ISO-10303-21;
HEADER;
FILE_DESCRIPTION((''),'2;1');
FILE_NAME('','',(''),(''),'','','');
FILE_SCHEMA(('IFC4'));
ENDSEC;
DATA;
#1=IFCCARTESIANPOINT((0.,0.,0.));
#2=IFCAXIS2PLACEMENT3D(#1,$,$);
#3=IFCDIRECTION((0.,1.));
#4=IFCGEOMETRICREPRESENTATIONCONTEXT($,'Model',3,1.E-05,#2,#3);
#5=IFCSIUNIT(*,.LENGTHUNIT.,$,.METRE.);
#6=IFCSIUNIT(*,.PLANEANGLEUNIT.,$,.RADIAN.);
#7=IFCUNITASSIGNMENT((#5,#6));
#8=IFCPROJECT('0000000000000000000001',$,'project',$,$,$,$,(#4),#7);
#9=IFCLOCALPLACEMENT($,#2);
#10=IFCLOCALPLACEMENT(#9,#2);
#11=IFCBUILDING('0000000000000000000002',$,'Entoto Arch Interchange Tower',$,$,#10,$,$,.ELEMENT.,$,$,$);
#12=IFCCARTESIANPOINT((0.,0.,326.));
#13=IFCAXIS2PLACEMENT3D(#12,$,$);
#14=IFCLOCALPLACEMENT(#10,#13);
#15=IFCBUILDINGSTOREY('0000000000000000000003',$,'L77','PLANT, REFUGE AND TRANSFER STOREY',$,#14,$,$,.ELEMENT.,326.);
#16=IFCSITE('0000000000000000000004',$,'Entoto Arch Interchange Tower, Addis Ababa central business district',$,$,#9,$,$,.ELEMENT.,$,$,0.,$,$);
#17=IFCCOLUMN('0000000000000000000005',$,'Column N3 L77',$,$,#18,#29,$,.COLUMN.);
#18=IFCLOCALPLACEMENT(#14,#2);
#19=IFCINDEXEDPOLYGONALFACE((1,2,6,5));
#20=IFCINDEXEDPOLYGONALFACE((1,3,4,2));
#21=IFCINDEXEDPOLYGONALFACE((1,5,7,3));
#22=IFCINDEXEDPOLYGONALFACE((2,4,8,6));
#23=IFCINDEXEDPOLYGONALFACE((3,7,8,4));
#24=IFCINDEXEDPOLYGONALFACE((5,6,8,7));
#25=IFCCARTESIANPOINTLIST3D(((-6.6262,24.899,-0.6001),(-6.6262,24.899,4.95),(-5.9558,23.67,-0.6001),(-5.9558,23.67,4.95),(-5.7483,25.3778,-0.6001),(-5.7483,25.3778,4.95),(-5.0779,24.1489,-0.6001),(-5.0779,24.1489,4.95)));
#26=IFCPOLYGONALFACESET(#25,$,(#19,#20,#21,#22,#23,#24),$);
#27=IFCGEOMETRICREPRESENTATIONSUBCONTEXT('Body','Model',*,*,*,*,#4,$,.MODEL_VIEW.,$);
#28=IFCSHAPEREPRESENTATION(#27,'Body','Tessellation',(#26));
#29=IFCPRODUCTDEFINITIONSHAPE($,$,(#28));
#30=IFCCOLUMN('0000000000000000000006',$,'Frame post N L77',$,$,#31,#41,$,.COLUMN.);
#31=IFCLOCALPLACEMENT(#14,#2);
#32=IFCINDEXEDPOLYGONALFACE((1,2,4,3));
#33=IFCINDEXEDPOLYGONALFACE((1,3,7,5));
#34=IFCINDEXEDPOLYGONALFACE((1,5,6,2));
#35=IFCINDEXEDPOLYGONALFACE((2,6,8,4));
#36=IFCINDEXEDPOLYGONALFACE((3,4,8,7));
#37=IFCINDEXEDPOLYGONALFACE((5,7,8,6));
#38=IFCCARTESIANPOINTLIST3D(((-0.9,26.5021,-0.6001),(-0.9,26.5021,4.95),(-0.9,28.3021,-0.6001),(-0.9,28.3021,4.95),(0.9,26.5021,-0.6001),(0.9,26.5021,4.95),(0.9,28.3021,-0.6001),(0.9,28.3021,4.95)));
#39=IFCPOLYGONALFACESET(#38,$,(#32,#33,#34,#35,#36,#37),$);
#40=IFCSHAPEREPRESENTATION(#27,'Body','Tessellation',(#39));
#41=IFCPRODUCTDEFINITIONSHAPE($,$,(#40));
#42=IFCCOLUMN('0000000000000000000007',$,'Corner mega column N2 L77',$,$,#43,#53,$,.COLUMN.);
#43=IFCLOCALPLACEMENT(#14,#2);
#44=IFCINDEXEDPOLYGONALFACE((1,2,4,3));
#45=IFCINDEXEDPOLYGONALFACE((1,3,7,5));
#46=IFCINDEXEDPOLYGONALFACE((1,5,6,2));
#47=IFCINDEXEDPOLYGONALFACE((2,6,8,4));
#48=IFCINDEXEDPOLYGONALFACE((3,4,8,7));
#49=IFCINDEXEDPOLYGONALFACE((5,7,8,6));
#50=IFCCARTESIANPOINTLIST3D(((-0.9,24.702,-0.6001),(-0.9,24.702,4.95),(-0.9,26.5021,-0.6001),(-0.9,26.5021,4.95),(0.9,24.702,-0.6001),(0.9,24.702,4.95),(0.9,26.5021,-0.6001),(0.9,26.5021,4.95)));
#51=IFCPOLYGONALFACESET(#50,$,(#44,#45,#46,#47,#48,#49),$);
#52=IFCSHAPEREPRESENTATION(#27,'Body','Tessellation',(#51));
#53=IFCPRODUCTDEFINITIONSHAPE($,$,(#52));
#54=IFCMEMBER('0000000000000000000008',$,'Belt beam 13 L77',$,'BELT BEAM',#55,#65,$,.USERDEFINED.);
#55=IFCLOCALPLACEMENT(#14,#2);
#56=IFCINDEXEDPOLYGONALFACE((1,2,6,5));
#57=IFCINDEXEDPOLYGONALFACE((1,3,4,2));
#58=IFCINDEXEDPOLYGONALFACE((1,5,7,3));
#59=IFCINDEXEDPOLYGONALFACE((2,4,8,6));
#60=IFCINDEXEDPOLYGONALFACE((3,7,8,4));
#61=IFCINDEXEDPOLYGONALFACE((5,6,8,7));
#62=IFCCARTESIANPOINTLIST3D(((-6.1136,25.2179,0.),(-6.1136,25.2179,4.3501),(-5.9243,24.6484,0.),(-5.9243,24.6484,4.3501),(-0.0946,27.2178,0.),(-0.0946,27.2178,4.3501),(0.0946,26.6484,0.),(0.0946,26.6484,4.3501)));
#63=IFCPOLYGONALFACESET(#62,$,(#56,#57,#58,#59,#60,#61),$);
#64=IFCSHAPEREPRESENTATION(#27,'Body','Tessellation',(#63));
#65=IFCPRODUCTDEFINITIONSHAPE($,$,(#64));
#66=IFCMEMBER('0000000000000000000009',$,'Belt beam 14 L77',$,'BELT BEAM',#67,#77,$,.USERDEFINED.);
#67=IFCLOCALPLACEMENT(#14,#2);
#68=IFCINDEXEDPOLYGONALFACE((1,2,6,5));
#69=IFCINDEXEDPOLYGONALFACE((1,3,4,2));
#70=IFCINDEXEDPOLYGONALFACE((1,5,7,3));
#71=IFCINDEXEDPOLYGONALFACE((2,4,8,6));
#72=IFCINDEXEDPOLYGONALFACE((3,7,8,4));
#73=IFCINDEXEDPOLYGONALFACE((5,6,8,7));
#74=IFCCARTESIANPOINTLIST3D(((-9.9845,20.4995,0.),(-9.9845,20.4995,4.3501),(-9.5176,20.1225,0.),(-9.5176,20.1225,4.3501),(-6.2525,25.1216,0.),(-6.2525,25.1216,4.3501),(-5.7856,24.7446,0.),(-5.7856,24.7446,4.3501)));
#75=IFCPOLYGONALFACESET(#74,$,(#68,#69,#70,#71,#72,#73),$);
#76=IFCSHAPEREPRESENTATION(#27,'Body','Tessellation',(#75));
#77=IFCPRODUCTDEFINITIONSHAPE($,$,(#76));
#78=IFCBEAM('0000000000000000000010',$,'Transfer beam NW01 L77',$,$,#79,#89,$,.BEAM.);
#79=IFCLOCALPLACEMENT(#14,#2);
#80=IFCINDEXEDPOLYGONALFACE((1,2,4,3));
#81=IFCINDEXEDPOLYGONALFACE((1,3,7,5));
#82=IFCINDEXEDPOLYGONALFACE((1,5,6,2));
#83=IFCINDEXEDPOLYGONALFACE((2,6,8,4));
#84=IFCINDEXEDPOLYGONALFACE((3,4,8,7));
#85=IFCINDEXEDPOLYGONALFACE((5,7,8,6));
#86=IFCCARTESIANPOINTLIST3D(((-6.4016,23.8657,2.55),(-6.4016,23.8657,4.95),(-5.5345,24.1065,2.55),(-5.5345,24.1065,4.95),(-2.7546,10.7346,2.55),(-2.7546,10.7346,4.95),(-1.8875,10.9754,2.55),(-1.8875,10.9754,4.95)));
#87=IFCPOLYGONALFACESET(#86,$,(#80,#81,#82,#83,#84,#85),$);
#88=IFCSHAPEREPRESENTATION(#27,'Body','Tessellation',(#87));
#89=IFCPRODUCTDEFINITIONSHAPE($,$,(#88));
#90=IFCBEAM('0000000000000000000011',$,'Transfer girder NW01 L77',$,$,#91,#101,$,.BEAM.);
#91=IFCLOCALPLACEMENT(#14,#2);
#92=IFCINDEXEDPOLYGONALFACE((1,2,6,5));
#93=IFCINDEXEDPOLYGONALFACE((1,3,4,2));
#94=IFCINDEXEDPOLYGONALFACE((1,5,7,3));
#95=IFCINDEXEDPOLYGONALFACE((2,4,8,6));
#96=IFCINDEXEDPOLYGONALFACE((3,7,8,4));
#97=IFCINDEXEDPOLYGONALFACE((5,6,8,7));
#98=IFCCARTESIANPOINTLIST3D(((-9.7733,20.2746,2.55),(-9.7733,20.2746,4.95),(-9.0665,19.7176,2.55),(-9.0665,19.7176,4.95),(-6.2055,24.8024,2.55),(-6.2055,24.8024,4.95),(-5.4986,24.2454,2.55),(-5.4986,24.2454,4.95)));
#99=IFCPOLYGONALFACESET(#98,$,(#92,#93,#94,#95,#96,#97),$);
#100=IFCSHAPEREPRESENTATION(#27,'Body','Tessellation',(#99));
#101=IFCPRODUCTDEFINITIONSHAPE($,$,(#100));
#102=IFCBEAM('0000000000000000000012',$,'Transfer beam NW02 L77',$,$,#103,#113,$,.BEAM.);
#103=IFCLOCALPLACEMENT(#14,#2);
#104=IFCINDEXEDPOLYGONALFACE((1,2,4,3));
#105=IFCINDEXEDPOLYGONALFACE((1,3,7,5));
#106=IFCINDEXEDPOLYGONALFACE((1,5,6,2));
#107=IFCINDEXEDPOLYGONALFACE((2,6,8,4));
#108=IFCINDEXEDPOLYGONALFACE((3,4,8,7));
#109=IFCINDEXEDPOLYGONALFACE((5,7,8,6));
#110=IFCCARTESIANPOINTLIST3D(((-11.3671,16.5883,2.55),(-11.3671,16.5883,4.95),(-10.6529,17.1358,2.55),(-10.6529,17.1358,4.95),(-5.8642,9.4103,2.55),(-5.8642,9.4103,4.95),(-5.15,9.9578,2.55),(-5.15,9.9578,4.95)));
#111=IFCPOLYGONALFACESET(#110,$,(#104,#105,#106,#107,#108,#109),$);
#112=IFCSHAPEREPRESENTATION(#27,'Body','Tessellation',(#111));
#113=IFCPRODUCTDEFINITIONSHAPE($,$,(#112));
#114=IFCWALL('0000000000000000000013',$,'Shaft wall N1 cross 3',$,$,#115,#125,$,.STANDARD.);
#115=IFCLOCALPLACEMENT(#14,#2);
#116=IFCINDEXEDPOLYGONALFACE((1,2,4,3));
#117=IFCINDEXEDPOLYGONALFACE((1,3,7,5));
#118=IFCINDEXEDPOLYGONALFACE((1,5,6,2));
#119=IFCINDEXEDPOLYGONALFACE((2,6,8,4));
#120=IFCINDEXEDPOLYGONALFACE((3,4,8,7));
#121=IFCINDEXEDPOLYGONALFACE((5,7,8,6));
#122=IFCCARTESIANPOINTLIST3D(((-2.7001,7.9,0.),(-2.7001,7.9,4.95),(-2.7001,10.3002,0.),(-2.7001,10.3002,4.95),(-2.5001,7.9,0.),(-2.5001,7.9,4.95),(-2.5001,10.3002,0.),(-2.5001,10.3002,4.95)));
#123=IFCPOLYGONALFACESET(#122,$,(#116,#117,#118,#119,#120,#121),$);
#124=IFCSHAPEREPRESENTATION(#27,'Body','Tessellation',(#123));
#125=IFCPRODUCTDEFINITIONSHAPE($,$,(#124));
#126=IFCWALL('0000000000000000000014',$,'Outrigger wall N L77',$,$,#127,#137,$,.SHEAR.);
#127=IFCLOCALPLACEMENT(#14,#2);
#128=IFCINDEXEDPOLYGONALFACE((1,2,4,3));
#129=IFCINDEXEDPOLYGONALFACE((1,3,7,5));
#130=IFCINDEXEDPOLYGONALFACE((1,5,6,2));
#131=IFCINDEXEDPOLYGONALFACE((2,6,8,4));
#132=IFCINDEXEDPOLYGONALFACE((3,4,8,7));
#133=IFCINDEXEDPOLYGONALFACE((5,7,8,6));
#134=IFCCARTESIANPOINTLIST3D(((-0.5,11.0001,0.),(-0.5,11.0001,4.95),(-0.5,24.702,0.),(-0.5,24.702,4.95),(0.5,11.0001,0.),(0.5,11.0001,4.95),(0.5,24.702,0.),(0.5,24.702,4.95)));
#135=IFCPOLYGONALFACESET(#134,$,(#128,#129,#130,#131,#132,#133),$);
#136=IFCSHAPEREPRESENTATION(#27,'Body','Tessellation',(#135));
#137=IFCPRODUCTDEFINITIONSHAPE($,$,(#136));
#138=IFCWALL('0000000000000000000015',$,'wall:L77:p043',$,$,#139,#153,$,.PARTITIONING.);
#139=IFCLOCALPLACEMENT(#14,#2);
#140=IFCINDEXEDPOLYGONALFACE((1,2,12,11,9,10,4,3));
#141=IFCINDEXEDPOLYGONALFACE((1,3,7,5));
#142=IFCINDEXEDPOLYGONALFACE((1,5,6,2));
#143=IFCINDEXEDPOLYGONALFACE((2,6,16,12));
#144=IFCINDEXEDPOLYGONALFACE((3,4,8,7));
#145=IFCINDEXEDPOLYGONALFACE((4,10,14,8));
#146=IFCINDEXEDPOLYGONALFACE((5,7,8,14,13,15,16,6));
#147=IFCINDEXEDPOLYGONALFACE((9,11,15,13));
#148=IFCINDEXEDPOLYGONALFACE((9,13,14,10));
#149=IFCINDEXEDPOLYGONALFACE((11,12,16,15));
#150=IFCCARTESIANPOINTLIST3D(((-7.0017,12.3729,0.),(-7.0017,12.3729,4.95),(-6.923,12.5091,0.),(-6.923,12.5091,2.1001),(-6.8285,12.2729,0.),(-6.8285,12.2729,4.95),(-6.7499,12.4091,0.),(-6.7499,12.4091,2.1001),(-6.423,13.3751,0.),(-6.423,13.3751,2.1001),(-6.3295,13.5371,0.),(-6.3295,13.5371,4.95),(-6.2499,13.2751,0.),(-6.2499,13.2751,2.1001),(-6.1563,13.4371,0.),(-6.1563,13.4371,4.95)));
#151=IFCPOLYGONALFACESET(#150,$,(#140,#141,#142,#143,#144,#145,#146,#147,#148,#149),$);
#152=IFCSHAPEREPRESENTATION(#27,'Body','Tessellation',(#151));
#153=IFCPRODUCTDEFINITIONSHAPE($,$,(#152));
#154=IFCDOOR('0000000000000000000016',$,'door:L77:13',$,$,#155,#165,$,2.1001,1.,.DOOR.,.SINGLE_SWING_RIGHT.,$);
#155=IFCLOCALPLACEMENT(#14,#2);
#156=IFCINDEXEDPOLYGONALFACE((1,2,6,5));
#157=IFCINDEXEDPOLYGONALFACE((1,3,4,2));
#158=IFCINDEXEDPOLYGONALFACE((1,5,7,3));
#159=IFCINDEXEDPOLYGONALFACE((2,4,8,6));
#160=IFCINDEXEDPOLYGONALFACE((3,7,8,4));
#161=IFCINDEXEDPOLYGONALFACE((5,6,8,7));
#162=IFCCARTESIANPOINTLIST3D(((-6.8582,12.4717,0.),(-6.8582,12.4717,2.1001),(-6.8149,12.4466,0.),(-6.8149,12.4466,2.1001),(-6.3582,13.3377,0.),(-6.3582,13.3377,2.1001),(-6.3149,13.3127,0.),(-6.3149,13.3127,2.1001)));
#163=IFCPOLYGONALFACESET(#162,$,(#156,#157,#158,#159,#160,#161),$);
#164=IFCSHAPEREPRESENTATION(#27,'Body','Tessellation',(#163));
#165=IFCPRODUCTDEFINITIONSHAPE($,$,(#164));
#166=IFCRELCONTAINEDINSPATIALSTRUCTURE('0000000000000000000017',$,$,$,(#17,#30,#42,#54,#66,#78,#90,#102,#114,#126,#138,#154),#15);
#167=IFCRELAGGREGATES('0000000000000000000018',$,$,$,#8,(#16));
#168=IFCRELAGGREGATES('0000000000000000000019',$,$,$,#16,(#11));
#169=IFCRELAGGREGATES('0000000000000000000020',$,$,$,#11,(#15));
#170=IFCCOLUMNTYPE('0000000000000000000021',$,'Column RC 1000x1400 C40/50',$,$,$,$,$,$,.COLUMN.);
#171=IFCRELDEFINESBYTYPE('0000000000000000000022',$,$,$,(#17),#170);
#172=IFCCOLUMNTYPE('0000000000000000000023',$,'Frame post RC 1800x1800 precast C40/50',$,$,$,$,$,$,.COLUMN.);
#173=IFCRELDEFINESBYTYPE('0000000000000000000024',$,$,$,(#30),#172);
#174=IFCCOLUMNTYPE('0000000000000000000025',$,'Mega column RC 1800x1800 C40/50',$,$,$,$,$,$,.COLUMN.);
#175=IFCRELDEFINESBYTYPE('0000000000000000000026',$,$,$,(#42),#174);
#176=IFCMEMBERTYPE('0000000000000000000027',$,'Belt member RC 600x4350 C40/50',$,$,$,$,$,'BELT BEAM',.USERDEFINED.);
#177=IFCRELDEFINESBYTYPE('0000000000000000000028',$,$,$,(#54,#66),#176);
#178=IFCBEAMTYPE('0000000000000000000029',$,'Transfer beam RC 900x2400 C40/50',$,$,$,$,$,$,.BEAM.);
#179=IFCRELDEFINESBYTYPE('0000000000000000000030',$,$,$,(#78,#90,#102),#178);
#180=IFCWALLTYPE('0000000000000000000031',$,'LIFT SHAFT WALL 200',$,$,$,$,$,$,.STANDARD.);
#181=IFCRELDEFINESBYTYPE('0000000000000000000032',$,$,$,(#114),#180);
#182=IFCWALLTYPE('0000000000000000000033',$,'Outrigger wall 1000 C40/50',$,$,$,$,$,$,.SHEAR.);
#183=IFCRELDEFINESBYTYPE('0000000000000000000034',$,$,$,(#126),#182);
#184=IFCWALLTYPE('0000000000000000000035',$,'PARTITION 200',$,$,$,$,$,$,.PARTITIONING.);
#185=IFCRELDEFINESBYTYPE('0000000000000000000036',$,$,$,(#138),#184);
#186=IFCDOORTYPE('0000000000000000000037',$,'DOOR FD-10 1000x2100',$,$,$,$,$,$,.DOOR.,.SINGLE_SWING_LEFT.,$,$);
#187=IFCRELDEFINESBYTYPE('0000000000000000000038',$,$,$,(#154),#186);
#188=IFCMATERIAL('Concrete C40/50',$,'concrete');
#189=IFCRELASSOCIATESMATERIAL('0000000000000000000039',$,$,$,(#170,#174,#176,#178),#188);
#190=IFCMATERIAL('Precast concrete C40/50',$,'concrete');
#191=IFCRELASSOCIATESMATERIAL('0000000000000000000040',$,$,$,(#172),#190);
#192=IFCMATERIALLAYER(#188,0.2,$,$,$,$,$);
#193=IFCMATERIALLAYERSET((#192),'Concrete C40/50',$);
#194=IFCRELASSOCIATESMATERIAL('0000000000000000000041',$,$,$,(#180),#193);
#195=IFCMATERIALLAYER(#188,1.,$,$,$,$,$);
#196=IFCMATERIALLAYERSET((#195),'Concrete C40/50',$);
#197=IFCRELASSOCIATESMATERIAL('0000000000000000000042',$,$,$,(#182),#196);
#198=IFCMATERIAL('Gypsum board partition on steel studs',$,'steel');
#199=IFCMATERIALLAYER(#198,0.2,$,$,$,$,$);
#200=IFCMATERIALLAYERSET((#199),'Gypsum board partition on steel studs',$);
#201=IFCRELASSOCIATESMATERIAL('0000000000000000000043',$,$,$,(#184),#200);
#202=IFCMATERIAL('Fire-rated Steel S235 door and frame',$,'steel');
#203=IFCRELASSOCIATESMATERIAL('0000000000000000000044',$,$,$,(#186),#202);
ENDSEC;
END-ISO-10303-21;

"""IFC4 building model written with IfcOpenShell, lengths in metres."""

from ifc_helpers import new_model, si_unit, direction, frame, frame_2d, origin, origin_2d, place, context, subcontext, project, spatial, rectangle, extrude, material, layer, layer_set, material_profile, profile_set, type_object, element, fill, save


model = new_model("IFC4")

# Units and contexts
model_context = context("Model", 3, precision=1e-05, world=origin(), true_north=direction((0.0, 1.0)))
body_context = subcontext(model_context, "Body", "Model", "MODEL_VIEW")
ifc_project = project(units=[si_unit("LENGTHUNIT", "METRE"), si_unit("PLANEANGLEUNIT", "RADIAN")], contexts=[model_context])

# Site, building, storey
site_placement = place(None, origin())
site = spatial("IfcSite", under=ifc_project, at=site_placement, Name="Entoto Arch Interchange Tower, Addis Ababa central business district", CompositionType="ELEMENT", RefElevation=0.0)
building_placement = place(site_placement, origin())
building = spatial("IfcBuilding", under=site, at=building_placement, Name="Entoto Arch Interchange Tower", CompositionType="ELEMENT")
storey_placement = place(building_placement, frame((0.0, 0.0, 326.0)))
storey = spatial("IfcBuildingStorey", under=building, at=storey_placement, Name="L77", Description="PLANT, REFUGE AND TRANSFER STOREY", CompositionType="ELEMENT", Elevation=326.0)

# Columns
ifc_material_1 = material(Name="Concrete C40/50", Category="concrete")
ifc_material_profile_1 = material_profile(ifc_material_1, rectangle(XDim=1.0, YDim=1.3999, at=origin_2d()))
ifc_profile_set_1 = profile_set([ifc_material_profile_1], Name="Concrete C40/50")
column_type_1 = type_object("IfcColumnType", Name="Column RC 1000x1400 C40/50", PredefinedType="COLUMN", material=ifc_profile_set_1)
column_1_placement = place(storey_placement, frame((-5.8521, 24.5239, -0.6001), z_axis=(0.0, 0.0, 1.0), x_axis=(0.877899, 0.478845, 0.0)))
element("IfcColumn", 1, at=column_1_placement, inside=storey, type_object=column_type_1, Name="Column N3 L77", PredefinedType="COLUMN", context=body_context, shape_type="SweptSolid", body=[
    extrude(rectangle(XDim=1.0, YDim=1.3999, at=origin_2d()), origin(), (0.0, 0.0, 1.0), 5.55),
])
ifc_material_2 = material(Name="Precast concrete C40/50", Category="concrete")
ifc_material_profile_2 = material_profile(ifc_material_2, rectangle(XDim=1.8, YDim=1.8, at=origin_2d()))
ifc_profile_set_2 = profile_set([ifc_material_profile_2], Name="Precast concrete C40/50")
column_type_2 = type_object("IfcColumnType", Name="Frame post RC 1800x1800 precast C40/50", PredefinedType="COLUMN", material=ifc_profile_set_2)
column_2_placement = place(storey_placement, frame((0.0, 27.4021, -0.6001), z_axis=(0.0, 0.0, 1.0), x_axis=(0.0, 1.0, 0.0)))
element("IfcColumn", 2, at=column_2_placement, inside=storey, type_object=column_type_2, Name="Frame post N L77", PredefinedType="COLUMN", context=body_context, shape_type="SweptSolid", body=[
    extrude(rectangle(XDim=1.8, YDim=1.8, at=origin_2d()), origin(), (0.0, 0.0, 1.0), 5.55),
])
ifc_material_profile_3 = material_profile(ifc_material_1, rectangle(XDim=1.8, YDim=1.8, at=origin_2d()))
ifc_profile_set_3 = profile_set([ifc_material_profile_3], Name="Concrete C40/50")
column_type_3 = type_object("IfcColumnType", Name="Mega column RC 1800x1800 C40/50", PredefinedType="COLUMN", material=ifc_profile_set_3)
column_3_placement = place(storey_placement, frame((0.0, 25.6021, -0.6001), z_axis=(0.0, 0.0, 1.0), x_axis=(0.0, 1.0, 0.0)))
element("IfcColumn", 3, at=column_3_placement, inside=storey, type_object=column_type_3, Name="Corner mega column N2 L77", PredefinedType="COLUMN", context=body_context, shape_type="SweptSolid", body=[
    extrude(rectangle(XDim=1.8, YDim=1.8, at=origin_2d()), origin(), (0.0, 0.0, 1.0), 5.55),
])

# Members
ifc_material_profile_4 = material_profile(ifc_material_1, rectangle(XDim=0.6001, YDim=4.3501, at=origin_2d()))
ifc_profile_set_4 = profile_set([ifc_material_profile_4], Name="Concrete C40/50")
member_type = type_object("IfcMemberType", Name="Belt member RC 600x4350 C40/50", ElementType="BELT BEAM", PredefinedType="USERDEFINED", material=ifc_profile_set_4)
member_1_placement = place(storey_placement, frame((0.0, 26.9331, 2.175), z_axis=(-0.948983, -0.315327, 0.0), x_axis=(0.315327, -0.948983, 0.0)))
element("IfcMember", 4, at=member_1_placement, inside=storey, type_object=member_type, Name="Belt beam 13 L77", ObjectType="BELT BEAM", PredefinedType="USERDEFINED", context=body_context, shape_type="SweptSolid", body=[
    extrude(rectangle(XDim=0.6001, YDim=4.3501, at=origin_2d()), origin(), (0.0, 0.0, 1.0), 6.3425),
])
member_2_placement = place(storey_placement, frame((-6.019, 24.9331, 2.175), z_axis=(-0.628207, -0.778046, 0.0), x_axis=(0.778046, -0.628207, 0.0)))
element("IfcMember", 5, at=member_2_placement, inside=storey, type_object=member_type, Name="Belt beam 14 L77", ObjectType="BELT BEAM", PredefinedType="USERDEFINED", context=body_context, shape_type="SweptSolid", body=[
    extrude(rectangle(XDim=0.6001, YDim=4.3501, at=origin_2d()), origin(), (0.0, 0.0, 1.0), 5.9407),
])

# Beams
ifc_material_profile_5 = material_profile(ifc_material_1, rectangle(XDim=0.8999, YDim=2.3999, at=origin_2d()))
ifc_profile_set_5 = profile_set([ifc_material_profile_5], Name="Concrete C40/50")
beam_type = type_object("IfcBeamType", Name="Transfer beam RC 900x2400 C40/50", PredefinedType="BEAM", material=ifc_profile_set_5)
beam_1_placement = place(storey_placement, frame((-2.321, 10.855, 3.75), z_axis=(-0.267606, 0.963528, 0.0), x_axis=(-0.963528, -0.267606, 0.0)))
element("IfcBeam", 6, at=beam_1_placement, inside=storey, type_object=beam_type, Name="Transfer beam NW01 L77", PredefinedType="BEAM", context=body_context, shape_type="SweptSolid", body=[
    extrude(rectangle(XDim=0.8999, YDim=2.3999, at=origin_2d()), origin(), (0.0, 0.0, 1.0), 13.6282),
])
beam_2_placement = place(storey_placement, frame((-5.8521, 24.5239, 3.75), z_axis=(-0.618924, -0.78545, 0.0), x_axis=(0.78545, -0.618924, 0.0)))
element("IfcBeam", 7, at=beam_2_placement, inside=storey, type_object=beam_type, Name="Transfer girder NW01 L77", PredefinedType="BEAM", context=body_context, shape_type="SweptSolid", body=[
    extrude(rectangle(XDim=0.8999, YDim=2.3999, at=origin_2d()), origin(), (0.0, 0.0, 1.0), 5.7646),
])
beam_3_placement = place(storey_placement, frame((-5.5071, 9.6841, 3.75), z_axis=(-0.608419, 0.793616, 0.0), x_axis=(-0.793616, -0.608419, 0.0)))
element("IfcBeam", 8, at=beam_3_placement, inside=storey, type_object=beam_type, Name="Transfer beam NW02 L77", PredefinedType="BEAM", context=body_context, shape_type="SweptSolid", body=[
    extrude(rectangle(XDim=0.8999, YDim=2.3999, at=origin_2d()), origin(), (0.0, 0.0, 1.0), 9.0447),
])

# Walls
ifc_layer_1 = layer(ifc_material_1, 0.2)
ifc_layer_set_1 = layer_set([ifc_layer_1], Name="Concrete C40/50")
wall_type_1 = type_object("IfcWallType", Name="LIFT SHAFT WALL 200", PredefinedType="STANDARD", material=ifc_layer_set_1)
wall_1_placement = place(storey_placement, frame((-2.6001, 7.8999, 0.0), z_axis=(0.0, 0.0, 1.0), x_axis=(0.0, 1.0, 0.0)))
element("IfcWall", 9, at=wall_1_placement, inside=storey, type_object=wall_type_1, Name="Shaft wall N1 cross 3", PredefinedType="STANDARD", context=body_context, shape_type="SweptSolid", body=[
    extrude(rectangle(XDim=2.4001, YDim=0.2, at=frame_2d((1.2002, 0.0))), origin(), (0.0, 0.0, 1.0), 4.95),
])
ifc_layer_2 = layer(ifc_material_1, 1.0)
ifc_layer_set_2 = layer_set([ifc_layer_2], Name="Concrete C40/50")
wall_type_2 = type_object("IfcWallType", Name="Outrigger wall 1000 C40/50", PredefinedType="SHEAR", material=ifc_layer_set_2)
wall_2_placement = place(storey_placement, frame((0.0, 11.0, 0.0), z_axis=(0.0, 0.0, 1.0), x_axis=(0.0, 1.0, 0.0)))
element("IfcWall", 10, at=wall_2_placement, inside=storey, type_object=wall_type_2, Name="Outrigger wall N L77", PredefinedType="SHEAR", context=body_context, shape_type="SweptSolid", body=[
    extrude(rectangle(XDim=13.7019, YDim=1.0, at=frame_2d((6.8511, 0.0))), origin(), (0.0, 0.0, 1.0), 4.95),
])

# Wall, opening, door
ifc_material_3 = material(Name="Gypsum board partition on steel studs", Category="steel")
ifc_layer_3 = layer(ifc_material_3, 0.2)
ifc_layer_set_3 = layer_set([ifc_layer_3], Name="Gypsum board partition on steel studs")
wall_type_3 = type_object("IfcWallType", Name="PARTITION 200", PredefinedType="PARTITIONING", material=ifc_layer_set_3)
wall_3_placement = place(storey_placement, frame((-6.2429, 13.4871, 0.0), z_axis=(0.0, 0.0, 1.0), x_axis=(-0.500026, -0.86601, 0.0)))
wall_3 = element("IfcWall", 11, at=wall_3_placement, inside=storey, type_object=wall_type_3, Name="wall:L77:p043", PredefinedType="PARTITIONING", context=body_context, shape_type="SweptSolid", body=[
    extrude(rectangle(XDim=1.3442, YDim=0.2, at=frame_2d((0.6721, 0.0))), origin(), (0.0, 0.0, 1.0), 4.95),
])
opening_1_placement = place(wall_3_placement, frame((0.187, 0.0, 0.0)))
opening_1 = element("IfcOpeningElement", 12, at=opening_1_placement, cuts=wall_3, PredefinedType="OPENING", context=body_context, shape_type="SweptSolid", body=[
    extrude(rectangle(XDim=1.0, YDim=2.1001, at=frame_2d((0.5, 1.05))), frame((0.0, 0.1099, 0.0), z_axis=(0.0, -1.0, 0.0), x_axis=(1.0, 0.0, 0.0)), (0.0, 0.0, 1.0), 0.22),
])
ifc_material_4 = material(Name="Fire-rated Steel S235 door and frame", Category="steel")
door_type_1 = type_object("IfcDoorType", Name="DOOR FD-10 1000x2100", OperationType="SINGLE_SWING_LEFT", PredefinedType="DOOR", material=ifc_material_4)
door_1_placement = place(opening_1_placement, origin())
door_1 = element("IfcDoor", 13, at=door_1_placement, inside=storey, type_object=door_type_1, Name="door:L77:13", OperationType="SINGLE_SWING_RIGHT", OverallHeight=2.1001, OverallWidth=1.0, PredefinedType="DOOR", context=body_context, shape_type="SweptSolid", body=[
    extrude(rectangle(XDim=1.0, YDim=2.1001, at=frame_2d((0.5, 1.05))), frame((0.0, 0.0249, 0.0), z_axis=(0.0, -1.0, 0.0), x_axis=(1.0, 0.0, 0.0)), (0.0, 0.0, 1.0), 0.05),
])
fill(opening_1, door_1)

save(model, "model.ifc")
